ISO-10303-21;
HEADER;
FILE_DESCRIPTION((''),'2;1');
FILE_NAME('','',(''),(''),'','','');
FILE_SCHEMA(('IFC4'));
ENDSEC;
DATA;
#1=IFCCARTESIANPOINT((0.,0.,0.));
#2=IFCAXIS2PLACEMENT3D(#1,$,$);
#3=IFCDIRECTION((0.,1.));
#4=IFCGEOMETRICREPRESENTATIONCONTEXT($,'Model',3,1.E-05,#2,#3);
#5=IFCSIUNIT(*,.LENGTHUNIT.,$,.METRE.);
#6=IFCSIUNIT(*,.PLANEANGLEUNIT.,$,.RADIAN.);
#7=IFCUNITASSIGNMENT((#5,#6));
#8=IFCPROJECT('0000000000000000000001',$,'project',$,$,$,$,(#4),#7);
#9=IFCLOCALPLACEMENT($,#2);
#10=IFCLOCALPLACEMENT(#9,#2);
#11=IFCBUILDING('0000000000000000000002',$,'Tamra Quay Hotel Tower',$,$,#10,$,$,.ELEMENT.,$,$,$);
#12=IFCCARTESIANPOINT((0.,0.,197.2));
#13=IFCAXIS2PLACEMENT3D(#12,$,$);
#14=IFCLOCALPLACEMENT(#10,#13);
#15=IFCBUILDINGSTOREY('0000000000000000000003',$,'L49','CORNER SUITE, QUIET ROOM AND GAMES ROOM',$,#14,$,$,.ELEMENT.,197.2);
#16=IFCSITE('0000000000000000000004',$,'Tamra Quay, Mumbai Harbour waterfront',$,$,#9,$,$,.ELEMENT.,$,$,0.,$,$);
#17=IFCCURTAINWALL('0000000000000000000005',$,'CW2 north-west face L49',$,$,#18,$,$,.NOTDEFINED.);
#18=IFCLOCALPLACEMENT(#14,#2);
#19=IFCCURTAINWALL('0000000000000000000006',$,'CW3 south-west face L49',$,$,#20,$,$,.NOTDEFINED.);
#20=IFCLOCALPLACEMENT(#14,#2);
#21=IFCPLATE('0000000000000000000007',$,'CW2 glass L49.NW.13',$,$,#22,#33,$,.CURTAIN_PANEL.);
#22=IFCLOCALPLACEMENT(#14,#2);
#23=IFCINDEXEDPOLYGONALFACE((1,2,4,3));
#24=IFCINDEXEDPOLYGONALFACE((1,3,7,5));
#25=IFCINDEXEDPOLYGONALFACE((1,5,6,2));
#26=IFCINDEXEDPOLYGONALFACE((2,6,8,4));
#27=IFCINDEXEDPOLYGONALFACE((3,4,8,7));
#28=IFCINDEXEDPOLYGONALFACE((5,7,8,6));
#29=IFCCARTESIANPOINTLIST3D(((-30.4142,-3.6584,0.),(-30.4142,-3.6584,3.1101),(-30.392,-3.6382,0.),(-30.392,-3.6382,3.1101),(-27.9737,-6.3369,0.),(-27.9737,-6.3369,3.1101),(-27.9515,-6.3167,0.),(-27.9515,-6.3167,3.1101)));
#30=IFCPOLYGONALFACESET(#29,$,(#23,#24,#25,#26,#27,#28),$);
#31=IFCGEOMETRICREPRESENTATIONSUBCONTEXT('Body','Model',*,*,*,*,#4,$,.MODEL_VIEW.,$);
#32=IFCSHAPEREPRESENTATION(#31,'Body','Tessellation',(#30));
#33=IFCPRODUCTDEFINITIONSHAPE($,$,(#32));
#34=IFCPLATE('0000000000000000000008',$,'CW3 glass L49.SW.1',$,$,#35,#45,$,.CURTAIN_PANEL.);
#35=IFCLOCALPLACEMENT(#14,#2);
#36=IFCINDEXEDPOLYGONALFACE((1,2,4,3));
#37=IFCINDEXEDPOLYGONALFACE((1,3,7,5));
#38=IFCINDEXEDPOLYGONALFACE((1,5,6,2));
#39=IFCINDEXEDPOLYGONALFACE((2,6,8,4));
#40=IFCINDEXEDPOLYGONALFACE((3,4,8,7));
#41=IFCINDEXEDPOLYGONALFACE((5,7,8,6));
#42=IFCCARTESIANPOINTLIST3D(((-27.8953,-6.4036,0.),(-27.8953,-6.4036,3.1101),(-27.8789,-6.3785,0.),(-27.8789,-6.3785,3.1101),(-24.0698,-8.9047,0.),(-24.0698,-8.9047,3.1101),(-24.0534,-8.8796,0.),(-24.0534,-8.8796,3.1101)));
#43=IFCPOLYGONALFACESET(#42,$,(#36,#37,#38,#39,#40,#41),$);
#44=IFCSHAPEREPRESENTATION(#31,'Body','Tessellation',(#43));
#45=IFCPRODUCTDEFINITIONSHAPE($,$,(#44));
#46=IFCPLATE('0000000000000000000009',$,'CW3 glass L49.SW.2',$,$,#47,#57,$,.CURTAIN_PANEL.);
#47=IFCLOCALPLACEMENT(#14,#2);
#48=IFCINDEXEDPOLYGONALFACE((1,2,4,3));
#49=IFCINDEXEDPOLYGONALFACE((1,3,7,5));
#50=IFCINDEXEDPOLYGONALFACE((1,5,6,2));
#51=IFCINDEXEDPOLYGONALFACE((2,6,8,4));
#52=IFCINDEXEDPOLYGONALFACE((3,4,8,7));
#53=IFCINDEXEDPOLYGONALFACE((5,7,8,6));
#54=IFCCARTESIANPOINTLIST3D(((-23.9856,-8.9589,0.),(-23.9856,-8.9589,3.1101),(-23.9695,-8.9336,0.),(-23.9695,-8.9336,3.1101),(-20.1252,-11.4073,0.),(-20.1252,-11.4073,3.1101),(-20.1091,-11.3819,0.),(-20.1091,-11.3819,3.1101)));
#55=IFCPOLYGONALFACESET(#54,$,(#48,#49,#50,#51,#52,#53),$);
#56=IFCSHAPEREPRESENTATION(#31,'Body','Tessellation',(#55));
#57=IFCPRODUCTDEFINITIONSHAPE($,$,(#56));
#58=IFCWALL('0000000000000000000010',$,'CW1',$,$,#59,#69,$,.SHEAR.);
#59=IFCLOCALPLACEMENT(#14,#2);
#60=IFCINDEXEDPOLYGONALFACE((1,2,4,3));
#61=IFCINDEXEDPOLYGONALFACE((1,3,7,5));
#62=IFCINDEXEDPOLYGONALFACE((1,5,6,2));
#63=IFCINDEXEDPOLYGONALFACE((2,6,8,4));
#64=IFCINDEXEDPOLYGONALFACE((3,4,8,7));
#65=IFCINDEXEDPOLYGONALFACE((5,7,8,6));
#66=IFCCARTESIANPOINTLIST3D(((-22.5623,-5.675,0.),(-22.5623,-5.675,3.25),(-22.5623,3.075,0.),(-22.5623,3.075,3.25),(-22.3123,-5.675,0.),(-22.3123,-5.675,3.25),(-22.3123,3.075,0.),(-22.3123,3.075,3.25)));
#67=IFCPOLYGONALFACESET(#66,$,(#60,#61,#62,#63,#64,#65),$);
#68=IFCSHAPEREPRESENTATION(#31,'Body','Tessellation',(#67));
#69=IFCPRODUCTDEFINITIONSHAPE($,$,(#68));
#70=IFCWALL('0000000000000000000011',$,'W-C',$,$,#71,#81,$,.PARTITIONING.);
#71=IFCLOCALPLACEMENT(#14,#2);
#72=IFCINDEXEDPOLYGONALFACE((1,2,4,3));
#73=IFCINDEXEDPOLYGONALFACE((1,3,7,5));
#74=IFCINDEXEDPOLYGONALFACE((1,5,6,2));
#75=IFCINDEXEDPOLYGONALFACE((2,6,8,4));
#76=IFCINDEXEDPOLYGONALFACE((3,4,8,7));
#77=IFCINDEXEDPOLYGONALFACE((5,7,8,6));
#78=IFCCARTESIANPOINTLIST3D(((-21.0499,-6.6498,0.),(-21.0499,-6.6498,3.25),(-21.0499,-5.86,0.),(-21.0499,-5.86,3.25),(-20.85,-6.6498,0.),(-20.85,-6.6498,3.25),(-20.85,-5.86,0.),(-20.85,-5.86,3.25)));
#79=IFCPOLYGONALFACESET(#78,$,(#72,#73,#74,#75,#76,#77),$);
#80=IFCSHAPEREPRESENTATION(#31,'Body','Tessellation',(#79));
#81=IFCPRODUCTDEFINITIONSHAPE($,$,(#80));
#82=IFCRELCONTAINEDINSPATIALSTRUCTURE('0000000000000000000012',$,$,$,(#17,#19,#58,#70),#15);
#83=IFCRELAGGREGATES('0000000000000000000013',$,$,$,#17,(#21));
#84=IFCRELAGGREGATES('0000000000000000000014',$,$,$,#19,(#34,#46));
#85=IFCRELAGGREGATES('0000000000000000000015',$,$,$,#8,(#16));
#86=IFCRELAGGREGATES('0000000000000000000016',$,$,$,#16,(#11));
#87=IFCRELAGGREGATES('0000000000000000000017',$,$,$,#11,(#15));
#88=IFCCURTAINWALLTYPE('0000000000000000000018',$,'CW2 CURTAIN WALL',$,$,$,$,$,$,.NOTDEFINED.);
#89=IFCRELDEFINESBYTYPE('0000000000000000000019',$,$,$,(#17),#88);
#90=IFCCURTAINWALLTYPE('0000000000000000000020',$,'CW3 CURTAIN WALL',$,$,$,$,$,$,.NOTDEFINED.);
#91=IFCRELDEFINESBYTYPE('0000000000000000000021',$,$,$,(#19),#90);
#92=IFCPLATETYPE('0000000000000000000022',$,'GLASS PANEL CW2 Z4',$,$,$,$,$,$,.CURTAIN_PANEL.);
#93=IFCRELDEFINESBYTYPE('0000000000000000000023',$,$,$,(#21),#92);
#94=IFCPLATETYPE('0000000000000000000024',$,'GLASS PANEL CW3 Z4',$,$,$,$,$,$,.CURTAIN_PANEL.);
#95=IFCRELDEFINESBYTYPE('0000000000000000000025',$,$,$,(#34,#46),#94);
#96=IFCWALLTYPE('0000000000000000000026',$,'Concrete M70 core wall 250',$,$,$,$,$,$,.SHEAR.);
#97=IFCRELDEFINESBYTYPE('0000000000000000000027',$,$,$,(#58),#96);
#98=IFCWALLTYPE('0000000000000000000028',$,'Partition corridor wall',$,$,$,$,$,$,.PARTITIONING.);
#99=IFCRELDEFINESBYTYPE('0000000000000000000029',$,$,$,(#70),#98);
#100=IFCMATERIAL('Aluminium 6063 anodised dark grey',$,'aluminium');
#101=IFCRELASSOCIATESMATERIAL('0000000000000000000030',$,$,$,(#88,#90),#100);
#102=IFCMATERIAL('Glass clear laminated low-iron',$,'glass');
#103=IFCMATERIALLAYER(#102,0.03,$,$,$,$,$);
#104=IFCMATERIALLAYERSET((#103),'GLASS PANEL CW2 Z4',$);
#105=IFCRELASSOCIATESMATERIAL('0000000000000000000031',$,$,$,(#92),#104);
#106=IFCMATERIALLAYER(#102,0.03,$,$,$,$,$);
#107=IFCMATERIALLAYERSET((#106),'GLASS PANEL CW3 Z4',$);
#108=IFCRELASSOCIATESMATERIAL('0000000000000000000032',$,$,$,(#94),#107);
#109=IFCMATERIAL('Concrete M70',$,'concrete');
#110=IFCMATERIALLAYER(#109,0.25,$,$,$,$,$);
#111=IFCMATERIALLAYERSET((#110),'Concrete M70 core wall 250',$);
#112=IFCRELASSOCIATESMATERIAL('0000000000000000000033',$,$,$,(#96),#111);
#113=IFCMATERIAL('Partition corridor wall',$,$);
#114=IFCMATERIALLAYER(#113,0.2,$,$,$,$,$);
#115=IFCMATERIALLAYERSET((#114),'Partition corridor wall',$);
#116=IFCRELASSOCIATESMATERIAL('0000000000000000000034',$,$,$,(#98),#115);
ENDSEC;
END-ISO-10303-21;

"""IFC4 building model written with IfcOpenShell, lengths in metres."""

from ifc_helpers import new_model, si_unit, direction, frame, frame_2d, origin, origin_2d, place, context, subcontext, project, spatial, rectangle, extrude, material, layer, layer_set, type_object, element, aggregate, save


model = new_model("IFC4")

# Units and contexts
model_context = context("Model", 3, precision=1e-05, world=origin(), true_north=direction((0.0, 1.0)))
body_context = subcontext(model_context, "Body", "Model", "MODEL_VIEW")
ifc_project = project(units=[si_unit("LENGTHUNIT", "METRE"), si_unit("PLANEANGLEUNIT", "RADIAN")], contexts=[model_context])

# Site, building, storey
site_placement = place(None, origin())
site = spatial("IfcSite", under=ifc_project, at=site_placement, Name="Tamra Quay, Mumbai Harbour waterfront", CompositionType="ELEMENT", RefElevation=0.0)
building_placement = place(site_placement, origin())
building = spatial("IfcBuilding", under=site, at=building_placement, Name="Tamra Quay Hotel Tower", CompositionType="ELEMENT")
storey_placement = place(building_placement, frame((0.0, 0.0, 197.2)))
storey = spatial("IfcBuildingStorey", under=building, at=storey_placement, Name="L49", Description="CORNER SUITE, QUIET ROOM AND GAMES ROOM", CompositionType="ELEMENT", Elevation=197.2)

# Shared definitions
ifc_material_1 = material(Name="Concrete M70", Category="concrete")

# Curtain wall
ifc_material_2 = material(Name="Aluminium 6063 anodised dark grey", Category="aluminium")
curtain_wall_type_1 = type_object("IfcCurtainWallType", Name="CW2 CURTAIN WALL", PredefinedType="NOTDEFINED", material=ifc_material_2)
curtain_wall_1_placement = place(storey_placement, origin())
curtain_wall_1 = element("IfcCurtainWall", 1, at=curtain_wall_1_placement, inside=storey, type_object=curtain_wall_type_1, Name="CW2 north-west face L49", PredefinedType="NOTDEFINED")

# Curtain wall
curtain_wall_type_2 = type_object("IfcCurtainWallType", Name="CW3 CURTAIN WALL", PredefinedType="NOTDEFINED", material=ifc_material_2)
curtain_wall_2_placement = place(storey_placement, origin())
curtain_wall_2 = element("IfcCurtainWall", 2, at=curtain_wall_2_placement, inside=storey, type_object=curtain_wall_type_2, Name="CW3 south-west face L49", PredefinedType="NOTDEFINED")

# Plates
ifc_material_3 = material(Name="Glass clear laminated low-iron", Category="glass")
ifc_layer_1 = layer(ifc_material_3, 0.03)
ifc_layer_set_1 = layer_set([ifc_layer_1], Name="GLASS PANEL CW2 Z4")
plate_type_1 = type_object("IfcPlateType", Name="GLASS PANEL CW2 Z4", PredefinedType="CURTAIN_PANEL", material=ifc_layer_set_1)
plate_1_placement = place(storey_placement, frame((-29.1829, -4.9875, 0.0), z_axis=(0.0, 0.0, 1.0), x_axis=(0.673496, -0.739191, 0.0)))
plate_1 = element("IfcPlate", 3, at=plate_1_placement, type_object=plate_type_1, Name="CW2 glass L49.NW.13", PredefinedType="CURTAIN_PANEL", context=body_context, shape_type="SweptSolid", body=[
    extrude(rectangle(XDim=3.6235, YDim=0.03, at=origin_2d()), origin(), (0.0, 0.0, 1.0), 3.1101),
])
aggregate(curtain_wall_1, [plate_1])
ifc_layer_2 = layer(ifc_material_3, 0.03)
ifc_layer_set_2 = layer_set([ifc_layer_2], Name="GLASS PANEL CW3 Z4")
plate_type_2 = type_object("IfcPlateType", Name="GLASS PANEL CW3 Z4", PredefinedType="CURTAIN_PANEL", material=ifc_layer_set_2)
plate_2_placement = place(storey_placement, frame((-25.9744, -7.6416, 0.0), z_axis=(0.0, 0.0, 1.0), x_axis=(0.836986, -0.547224, 0.0)))
plate_2 = element("IfcPlate", 4, at=plate_2_placement, type_object=plate_type_2, Name="CW3 glass L49.SW.1", PredefinedType="CURTAIN_PANEL", context=body_context, shape_type="SweptSolid", body=[
    extrude(rectangle(XDim=4.5706, YDim=0.03, at=origin_2d()), origin(), (0.0, 0.0, 1.0), 3.1101),
])
plate_3_placement = place(storey_placement, frame((-22.0474, -10.1704, 0.0), z_axis=(0.0, 0.0, 1.0), x_axis=(0.844476, -0.535593, 0.0)))
plate_3 = element("IfcPlate", 5, at=plate_3_placement, type_object=plate_type_2, Name="CW3 glass L49.SW.2", PredefinedType="CURTAIN_PANEL", context=body_context, shape_type="SweptSolid", body=[
    extrude(rectangle(XDim=4.5713, YDim=0.03, at=origin_2d()), origin(), (0.0, 0.0, 1.0), 3.1101),
])
aggregate(curtain_wall_2, [plate_2, plate_3])

# Walls
ifc_layer_3 = layer(ifc_material_1, 0.25)
ifc_layer_set_3 = layer_set([ifc_layer_3], Name="Concrete M70 core wall 250")
wall_type_1 = type_object("IfcWallType", Name="Concrete M70 core wall 250", PredefinedType="SHEAR", material=ifc_layer_set_3)
wall_1_placement = place(storey_placement, frame((-22.4373, -5.675, 0.0), z_axis=(0.0, 0.0, 1.0), x_axis=(0.0, 1.0, 0.0)))
element("IfcWall", 6, at=wall_1_placement, inside=storey, type_object=wall_type_1, Name="CW1", PredefinedType="SHEAR", context=body_context, shape_type="SweptSolid", body=[
    extrude(rectangle(XDim=8.75, YDim=0.25, at=frame_2d((4.375, 0.0))), origin(), (0.0, 0.0, 1.0), 3.25),
])
ifc_material_4 = material(Name="Partition corridor wall")
ifc_layer_4 = layer(ifc_material_4, 0.2)
ifc_layer_set_4 = layer_set([ifc_layer_4], Name="Partition corridor wall")
wall_type_2 = type_object("IfcWallType", Name="Partition corridor wall", PredefinedType="PARTITIONING", material=ifc_layer_set_4)
wall_2_placement = place(storey_placement, frame((-20.95, -6.6499, 0.0), z_axis=(0.0, 0.0, 1.0), x_axis=(0.0, 1.0, 0.0)))
element("IfcWall", 7, at=wall_2_placement, inside=storey, type_object=wall_type_2, Name="W-C", PredefinedType="PARTITIONING", context=body_context, shape_type="SweptSolid", body=[
    extrude(rectangle(XDim=0.7898, YDim=0.2, at=frame_2d((0.395, 0.0))), origin(), (0.0, 0.0, 1.0), 3.25),
])

save(model, "model.ifc")
